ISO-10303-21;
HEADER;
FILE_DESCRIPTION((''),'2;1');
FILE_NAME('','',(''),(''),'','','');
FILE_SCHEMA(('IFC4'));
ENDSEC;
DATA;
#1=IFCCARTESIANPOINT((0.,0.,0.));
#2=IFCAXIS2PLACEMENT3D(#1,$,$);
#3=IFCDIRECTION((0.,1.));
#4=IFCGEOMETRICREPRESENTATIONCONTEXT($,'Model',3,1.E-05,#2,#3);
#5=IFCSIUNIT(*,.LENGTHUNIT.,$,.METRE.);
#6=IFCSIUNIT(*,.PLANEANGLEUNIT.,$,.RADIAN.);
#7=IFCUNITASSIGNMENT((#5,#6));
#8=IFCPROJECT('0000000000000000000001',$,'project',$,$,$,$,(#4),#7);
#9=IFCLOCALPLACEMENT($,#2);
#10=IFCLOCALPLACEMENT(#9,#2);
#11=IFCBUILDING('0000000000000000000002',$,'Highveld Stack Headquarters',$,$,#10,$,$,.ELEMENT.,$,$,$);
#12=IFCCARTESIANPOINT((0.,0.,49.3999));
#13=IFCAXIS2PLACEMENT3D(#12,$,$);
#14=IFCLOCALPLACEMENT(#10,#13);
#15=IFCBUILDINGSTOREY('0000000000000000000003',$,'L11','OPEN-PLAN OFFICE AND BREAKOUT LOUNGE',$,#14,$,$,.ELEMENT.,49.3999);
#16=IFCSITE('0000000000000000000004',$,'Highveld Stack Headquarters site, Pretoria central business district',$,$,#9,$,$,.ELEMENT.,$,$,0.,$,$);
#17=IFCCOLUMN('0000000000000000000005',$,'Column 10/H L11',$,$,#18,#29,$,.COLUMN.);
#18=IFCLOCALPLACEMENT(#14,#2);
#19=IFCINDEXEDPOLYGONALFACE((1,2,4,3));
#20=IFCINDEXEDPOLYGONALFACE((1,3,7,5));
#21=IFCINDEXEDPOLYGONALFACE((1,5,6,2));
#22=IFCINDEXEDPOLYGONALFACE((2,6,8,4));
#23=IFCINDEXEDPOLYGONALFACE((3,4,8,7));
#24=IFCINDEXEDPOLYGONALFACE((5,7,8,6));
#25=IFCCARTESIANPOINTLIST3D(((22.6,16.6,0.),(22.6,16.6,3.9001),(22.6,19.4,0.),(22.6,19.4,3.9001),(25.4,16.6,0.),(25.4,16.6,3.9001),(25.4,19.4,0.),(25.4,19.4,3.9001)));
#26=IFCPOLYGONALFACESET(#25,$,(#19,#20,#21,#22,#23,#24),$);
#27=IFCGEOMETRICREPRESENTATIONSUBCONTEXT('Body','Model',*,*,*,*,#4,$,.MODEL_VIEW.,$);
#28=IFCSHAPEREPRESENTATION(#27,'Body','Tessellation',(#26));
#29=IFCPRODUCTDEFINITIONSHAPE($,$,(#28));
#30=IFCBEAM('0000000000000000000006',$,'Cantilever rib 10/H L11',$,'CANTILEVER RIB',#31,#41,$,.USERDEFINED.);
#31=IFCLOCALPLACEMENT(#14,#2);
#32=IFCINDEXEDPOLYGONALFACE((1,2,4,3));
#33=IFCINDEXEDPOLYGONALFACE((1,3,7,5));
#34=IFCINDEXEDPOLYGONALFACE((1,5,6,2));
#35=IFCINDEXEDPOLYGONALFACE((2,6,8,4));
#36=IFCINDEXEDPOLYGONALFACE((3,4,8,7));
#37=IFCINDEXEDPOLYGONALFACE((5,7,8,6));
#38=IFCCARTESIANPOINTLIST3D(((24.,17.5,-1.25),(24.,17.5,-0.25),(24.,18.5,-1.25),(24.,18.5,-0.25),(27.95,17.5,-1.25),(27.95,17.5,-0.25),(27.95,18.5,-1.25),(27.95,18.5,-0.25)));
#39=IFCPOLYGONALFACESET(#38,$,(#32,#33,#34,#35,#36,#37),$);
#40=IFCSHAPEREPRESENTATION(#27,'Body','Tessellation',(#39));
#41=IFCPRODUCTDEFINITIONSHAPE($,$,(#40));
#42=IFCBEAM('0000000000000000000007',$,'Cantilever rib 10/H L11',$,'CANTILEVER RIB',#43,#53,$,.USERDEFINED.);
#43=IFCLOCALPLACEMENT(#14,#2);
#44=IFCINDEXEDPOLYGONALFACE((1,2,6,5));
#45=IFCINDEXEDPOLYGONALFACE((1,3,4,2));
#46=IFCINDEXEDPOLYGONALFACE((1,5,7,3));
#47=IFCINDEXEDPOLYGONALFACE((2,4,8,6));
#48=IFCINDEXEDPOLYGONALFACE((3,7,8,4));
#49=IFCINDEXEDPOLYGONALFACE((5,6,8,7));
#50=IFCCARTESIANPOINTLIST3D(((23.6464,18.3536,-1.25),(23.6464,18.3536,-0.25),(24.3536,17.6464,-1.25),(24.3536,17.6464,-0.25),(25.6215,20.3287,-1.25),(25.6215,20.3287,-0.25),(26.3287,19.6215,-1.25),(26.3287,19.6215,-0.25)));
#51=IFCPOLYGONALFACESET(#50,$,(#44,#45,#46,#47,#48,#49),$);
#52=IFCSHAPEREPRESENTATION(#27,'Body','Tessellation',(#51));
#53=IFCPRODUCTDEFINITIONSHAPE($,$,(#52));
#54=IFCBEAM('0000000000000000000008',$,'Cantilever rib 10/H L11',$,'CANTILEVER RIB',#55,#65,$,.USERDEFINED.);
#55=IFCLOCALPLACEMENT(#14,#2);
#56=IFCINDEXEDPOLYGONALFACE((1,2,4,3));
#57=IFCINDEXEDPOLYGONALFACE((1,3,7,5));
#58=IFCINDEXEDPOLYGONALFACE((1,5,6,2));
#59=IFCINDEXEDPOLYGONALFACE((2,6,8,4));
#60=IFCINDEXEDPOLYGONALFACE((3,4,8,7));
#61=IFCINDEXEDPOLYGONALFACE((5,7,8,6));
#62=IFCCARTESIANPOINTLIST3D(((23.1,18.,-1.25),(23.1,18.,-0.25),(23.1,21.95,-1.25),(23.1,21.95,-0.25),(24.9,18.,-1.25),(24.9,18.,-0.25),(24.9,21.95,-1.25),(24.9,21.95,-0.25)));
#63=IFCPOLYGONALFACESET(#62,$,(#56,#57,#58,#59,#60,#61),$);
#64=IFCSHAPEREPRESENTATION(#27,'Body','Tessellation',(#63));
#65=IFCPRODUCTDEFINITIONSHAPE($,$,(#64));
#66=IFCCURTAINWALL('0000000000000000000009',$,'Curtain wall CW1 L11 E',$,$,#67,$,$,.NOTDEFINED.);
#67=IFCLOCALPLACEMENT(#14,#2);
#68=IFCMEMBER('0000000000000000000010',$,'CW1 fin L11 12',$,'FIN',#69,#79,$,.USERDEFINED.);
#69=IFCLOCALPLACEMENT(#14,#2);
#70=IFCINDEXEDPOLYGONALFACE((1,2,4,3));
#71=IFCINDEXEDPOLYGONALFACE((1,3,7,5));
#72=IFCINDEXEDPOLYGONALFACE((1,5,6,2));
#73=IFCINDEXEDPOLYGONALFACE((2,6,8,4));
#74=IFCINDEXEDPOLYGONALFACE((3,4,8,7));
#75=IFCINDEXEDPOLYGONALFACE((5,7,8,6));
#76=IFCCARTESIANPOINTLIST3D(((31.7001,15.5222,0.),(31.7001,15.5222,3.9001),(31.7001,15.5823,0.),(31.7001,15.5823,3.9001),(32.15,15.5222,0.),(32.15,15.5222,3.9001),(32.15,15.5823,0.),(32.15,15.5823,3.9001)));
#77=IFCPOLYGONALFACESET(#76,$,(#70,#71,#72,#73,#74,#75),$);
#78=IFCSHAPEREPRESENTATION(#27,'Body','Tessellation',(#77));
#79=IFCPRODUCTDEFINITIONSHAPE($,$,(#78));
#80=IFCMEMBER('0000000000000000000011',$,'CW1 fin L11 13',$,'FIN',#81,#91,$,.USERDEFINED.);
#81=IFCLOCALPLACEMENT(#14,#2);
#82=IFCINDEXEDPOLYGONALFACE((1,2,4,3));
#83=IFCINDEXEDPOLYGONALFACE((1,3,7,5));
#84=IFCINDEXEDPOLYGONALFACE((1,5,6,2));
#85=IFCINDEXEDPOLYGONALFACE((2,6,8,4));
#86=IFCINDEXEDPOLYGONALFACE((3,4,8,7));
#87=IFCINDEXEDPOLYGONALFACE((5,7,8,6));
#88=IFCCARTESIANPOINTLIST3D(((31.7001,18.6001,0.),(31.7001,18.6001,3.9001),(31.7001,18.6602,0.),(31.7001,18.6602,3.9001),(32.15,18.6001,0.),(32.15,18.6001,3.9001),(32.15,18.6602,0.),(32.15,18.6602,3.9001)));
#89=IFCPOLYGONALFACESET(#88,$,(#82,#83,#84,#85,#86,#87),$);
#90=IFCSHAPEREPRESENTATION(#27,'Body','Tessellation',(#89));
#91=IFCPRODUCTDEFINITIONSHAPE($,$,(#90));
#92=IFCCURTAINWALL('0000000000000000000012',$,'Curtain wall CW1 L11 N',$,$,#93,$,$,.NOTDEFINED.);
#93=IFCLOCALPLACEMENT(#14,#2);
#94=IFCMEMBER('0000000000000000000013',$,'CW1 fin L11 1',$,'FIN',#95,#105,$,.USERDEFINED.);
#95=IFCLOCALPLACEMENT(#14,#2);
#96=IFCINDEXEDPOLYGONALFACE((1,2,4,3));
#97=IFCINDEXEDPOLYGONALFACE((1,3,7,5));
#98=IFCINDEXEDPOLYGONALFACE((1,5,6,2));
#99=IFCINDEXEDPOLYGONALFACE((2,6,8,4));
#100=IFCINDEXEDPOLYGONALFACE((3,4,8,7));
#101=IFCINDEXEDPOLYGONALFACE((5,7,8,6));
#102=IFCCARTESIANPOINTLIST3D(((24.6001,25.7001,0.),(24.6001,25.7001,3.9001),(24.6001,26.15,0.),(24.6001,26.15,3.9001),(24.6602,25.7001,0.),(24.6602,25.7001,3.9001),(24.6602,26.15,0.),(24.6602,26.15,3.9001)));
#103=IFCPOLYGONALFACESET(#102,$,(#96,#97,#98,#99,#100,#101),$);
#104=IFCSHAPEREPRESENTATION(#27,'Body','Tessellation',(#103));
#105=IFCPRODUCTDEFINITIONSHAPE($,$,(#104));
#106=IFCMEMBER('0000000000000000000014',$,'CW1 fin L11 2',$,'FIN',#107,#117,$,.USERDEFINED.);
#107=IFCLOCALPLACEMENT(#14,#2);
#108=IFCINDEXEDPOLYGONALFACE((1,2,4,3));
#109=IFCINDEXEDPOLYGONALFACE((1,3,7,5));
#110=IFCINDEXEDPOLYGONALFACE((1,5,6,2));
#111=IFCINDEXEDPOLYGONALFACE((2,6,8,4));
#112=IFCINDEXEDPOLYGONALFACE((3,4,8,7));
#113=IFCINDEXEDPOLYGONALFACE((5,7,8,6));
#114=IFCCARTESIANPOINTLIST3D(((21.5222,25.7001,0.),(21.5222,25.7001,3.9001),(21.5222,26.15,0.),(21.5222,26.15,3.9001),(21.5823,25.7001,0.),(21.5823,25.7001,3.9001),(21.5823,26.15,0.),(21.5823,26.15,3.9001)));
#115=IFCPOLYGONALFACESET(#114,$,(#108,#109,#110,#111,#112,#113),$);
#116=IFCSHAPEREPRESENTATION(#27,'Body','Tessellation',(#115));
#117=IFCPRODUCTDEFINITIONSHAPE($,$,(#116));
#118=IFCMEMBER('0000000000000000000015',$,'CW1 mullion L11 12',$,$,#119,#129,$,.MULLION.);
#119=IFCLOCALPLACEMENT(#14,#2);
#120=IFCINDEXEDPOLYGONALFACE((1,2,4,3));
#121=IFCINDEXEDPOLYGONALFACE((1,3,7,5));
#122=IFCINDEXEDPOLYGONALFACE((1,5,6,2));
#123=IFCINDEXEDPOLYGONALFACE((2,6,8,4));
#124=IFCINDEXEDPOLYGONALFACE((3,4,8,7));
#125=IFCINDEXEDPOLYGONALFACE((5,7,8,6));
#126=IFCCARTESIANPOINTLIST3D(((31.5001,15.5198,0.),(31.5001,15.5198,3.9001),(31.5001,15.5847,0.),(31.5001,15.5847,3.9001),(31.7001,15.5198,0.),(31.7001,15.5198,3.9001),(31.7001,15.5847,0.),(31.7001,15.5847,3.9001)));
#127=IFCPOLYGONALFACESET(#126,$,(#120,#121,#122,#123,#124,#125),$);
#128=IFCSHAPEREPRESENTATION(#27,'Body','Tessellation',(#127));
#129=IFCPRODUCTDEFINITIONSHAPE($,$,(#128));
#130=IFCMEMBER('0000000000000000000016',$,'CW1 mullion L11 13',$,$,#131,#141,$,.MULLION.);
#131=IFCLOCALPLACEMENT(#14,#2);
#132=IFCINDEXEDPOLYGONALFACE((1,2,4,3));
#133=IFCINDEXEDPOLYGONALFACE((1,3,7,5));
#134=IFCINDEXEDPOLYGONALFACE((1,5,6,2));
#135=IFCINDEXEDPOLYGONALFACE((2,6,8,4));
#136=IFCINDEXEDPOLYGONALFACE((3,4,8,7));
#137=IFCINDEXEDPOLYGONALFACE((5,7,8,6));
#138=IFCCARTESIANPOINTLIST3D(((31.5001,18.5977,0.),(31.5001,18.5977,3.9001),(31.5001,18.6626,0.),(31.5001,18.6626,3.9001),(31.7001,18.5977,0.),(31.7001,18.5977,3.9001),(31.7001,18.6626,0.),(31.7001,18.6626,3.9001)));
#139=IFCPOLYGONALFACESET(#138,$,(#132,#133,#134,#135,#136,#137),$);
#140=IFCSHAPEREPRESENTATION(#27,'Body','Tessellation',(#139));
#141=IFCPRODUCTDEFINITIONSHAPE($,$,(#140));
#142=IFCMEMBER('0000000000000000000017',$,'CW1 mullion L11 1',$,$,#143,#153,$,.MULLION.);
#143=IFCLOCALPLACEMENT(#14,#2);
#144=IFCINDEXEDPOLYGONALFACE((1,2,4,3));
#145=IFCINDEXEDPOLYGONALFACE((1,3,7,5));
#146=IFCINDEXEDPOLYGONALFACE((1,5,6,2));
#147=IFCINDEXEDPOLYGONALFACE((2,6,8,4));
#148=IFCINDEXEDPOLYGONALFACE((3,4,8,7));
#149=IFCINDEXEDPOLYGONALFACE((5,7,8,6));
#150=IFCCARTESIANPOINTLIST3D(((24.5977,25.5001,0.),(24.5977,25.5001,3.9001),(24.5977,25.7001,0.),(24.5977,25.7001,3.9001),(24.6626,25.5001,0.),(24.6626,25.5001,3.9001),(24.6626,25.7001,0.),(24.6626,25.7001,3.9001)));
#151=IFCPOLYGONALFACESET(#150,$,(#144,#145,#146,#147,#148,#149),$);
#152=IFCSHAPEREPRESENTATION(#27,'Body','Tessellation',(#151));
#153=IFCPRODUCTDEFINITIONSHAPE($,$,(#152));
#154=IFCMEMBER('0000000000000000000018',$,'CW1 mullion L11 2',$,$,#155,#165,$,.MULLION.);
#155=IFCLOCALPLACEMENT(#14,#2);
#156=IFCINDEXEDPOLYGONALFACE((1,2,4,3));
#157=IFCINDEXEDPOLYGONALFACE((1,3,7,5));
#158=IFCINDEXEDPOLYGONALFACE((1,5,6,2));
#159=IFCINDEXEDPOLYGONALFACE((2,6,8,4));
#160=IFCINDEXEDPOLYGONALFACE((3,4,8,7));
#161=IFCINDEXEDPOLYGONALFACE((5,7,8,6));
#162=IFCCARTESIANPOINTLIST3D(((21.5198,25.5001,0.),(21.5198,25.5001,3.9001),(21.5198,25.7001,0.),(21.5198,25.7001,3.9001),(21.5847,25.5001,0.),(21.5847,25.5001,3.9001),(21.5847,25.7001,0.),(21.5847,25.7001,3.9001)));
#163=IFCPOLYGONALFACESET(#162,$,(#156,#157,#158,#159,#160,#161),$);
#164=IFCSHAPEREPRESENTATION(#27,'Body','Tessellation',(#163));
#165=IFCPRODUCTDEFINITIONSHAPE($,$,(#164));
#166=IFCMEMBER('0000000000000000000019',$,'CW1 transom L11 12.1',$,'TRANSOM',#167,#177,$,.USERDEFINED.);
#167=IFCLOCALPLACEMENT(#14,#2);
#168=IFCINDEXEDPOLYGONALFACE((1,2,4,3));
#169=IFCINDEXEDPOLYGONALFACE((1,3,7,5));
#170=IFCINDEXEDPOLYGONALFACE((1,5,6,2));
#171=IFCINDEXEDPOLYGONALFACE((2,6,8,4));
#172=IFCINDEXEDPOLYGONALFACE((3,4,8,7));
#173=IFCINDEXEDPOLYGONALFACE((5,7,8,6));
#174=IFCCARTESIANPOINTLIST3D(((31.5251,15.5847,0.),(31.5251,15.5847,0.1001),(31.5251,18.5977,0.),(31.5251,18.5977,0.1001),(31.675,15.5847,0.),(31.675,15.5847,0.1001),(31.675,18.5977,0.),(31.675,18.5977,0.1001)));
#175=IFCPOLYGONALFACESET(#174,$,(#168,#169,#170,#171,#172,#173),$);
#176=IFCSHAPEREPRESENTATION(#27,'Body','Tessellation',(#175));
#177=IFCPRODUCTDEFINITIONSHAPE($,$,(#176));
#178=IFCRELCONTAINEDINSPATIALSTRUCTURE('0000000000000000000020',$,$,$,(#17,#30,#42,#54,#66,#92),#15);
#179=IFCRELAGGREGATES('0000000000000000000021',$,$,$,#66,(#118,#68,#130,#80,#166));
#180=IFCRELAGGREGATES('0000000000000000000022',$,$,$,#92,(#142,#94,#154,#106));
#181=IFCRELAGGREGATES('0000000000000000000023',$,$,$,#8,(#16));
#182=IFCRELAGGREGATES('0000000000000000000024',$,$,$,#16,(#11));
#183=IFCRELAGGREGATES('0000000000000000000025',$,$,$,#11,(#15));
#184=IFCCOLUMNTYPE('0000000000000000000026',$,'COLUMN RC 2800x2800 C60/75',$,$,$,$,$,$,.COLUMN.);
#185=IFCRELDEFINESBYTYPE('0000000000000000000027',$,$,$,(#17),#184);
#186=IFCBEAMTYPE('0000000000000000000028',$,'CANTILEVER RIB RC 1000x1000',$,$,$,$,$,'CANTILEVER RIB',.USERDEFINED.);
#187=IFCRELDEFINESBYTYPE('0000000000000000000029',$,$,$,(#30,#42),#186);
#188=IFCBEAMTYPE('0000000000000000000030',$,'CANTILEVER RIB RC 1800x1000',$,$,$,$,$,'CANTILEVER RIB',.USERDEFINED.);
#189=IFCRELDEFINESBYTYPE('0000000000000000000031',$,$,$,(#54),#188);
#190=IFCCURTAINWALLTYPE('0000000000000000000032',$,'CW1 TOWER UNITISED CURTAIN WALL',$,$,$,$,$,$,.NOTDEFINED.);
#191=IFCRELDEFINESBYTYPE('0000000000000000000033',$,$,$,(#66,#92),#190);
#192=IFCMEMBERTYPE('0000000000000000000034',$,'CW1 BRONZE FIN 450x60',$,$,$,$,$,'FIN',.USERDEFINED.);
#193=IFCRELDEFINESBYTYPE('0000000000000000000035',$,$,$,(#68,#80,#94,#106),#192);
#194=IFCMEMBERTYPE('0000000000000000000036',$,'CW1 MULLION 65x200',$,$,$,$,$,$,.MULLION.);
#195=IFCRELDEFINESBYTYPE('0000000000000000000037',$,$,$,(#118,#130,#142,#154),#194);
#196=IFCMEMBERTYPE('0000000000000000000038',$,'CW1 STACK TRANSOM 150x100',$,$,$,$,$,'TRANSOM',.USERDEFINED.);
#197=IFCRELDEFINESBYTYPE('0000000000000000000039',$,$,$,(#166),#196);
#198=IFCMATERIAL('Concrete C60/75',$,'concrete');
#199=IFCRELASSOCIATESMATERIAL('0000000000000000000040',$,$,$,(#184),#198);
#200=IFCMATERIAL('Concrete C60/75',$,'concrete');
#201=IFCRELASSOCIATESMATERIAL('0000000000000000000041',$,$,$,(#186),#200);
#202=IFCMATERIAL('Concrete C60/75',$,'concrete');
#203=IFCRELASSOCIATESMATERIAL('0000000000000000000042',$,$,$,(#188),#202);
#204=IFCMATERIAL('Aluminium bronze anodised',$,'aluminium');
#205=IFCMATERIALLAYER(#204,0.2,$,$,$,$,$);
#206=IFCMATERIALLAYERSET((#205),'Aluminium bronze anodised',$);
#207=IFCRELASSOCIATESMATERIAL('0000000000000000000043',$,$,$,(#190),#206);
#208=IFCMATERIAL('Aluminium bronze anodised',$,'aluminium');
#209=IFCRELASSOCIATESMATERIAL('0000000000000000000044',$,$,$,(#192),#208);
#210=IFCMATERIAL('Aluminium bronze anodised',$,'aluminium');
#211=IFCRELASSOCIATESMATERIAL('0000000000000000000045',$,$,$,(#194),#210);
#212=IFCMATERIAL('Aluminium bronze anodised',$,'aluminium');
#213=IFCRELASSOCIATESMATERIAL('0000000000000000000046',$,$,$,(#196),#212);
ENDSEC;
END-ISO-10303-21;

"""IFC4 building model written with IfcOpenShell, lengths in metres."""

from ifc_helpers import new_model, si_unit, direction, frame, origin, origin_2d, place, context, subcontext, project, spatial, rectangle, extrude, material, layer, layer_set, material_profile, profile_set, type_object, element, aggregate, save


model = new_model("IFC4")

# Units and contexts
model_context = context("Model", 3, precision=1e-05, world=origin(), true_north=direction((0.0, 1.0)))
body_context = subcontext(model_context, "Body", "Model", "MODEL_VIEW")
ifc_project = project(units=[si_unit("LENGTHUNIT", "METRE"), si_unit("PLANEANGLEUNIT", "RADIAN")], contexts=[model_context])

# Site, building, storey
site_placement = place(None, origin())
site = spatial("IfcSite", under=ifc_project, at=site_placement, Name="Highveld Stack Headquarters site, Pretoria central business district", CompositionType="ELEMENT", RefElevation=0.0)
building_placement = place(site_placement, origin())
building = spatial("IfcBuilding", under=site, at=building_placement, Name="Highveld Stack Headquarters", CompositionType="ELEMENT")
storey_placement = place(building_placement, frame((0.0, 0.0, 49.3999)))
storey = spatial("IfcBuildingStorey", under=building, at=storey_placement, Name="L11", Description="OPEN-PLAN OFFICE AND BREAKOUT LOUNGE", CompositionType="ELEMENT", Elevation=49.3999)

# Column
ifc_material_1 = material(Name="Concrete C60/75", Category="concrete")
ifc_material_profile_1 = material_profile(ifc_material_1, rectangle(XDim=2.8, YDim=2.8, at=origin_2d()), Name="RC 2800x2800")
ifc_profile_set_1 = profile_set([ifc_material_profile_1], Name="Concrete C60/75")
column_type = type_object("IfcColumnType", Name="COLUMN RC 2800x2800 C60/75", PredefinedType="COLUMN", material=ifc_profile_set_1)
column_placement = place(storey_placement, frame((24.0, 18.0, 0.0), z_axis=(0.0, 0.0, 1.0), x_axis=(1.0, 0.0, 0.0)))
element("IfcColumn", 1, at=column_placement, inside=storey, type_object=column_type, Name="Column 10/H L11", PredefinedType="COLUMN", context=body_context, shape_type="SweptSolid", body=[
    extrude(rectangle(XDim=2.8, YDim=2.8, at=origin_2d()), origin(), (0.0, 0.0, 1.0), 3.9001),
])

# Beams
ifc_material_2 = material(Name="Concrete C60/75", Category="concrete")
ifc_material_profile_2 = material_profile(ifc_material_2, rectangle(XDim=1.0, YDim=1.0, at=origin_2d()), Name="RC 1000x1000")
ifc_profile_set_2 = profile_set([ifc_material_profile_2], Name="Concrete C60/75")
beam_type_1 = type_object("IfcBeamType", Name="CANTILEVER RIB RC 1000x1000", ElementType="CANTILEVER RIB", PredefinedType="USERDEFINED", material=ifc_profile_set_2)
beam_1_placement = place(storey_placement, frame((24.0, 18.0, -0.75), z_axis=(1.0, 0.0, 0.0), x_axis=(0.0, 1.0, 0.0)))
element("IfcBeam", 2, at=beam_1_placement, inside=storey, type_object=beam_type_1, Name="Cantilever rib 10/H L11", ObjectType="CANTILEVER RIB", PredefinedType="USERDEFINED", context=body_context, shape_type="SweptSolid", body=[
    extrude(rectangle(XDim=1.0, YDim=1.0, at=origin_2d()), origin(), (0.0, 0.0, 1.0), 3.95),
])
beam_2_placement = place(storey_placement, frame((24.0, 18.0, -0.75), z_axis=(0.707107, 0.707107, 0.0), x_axis=(-0.707107, 0.707107, 0.0)))
element("IfcBeam", 3, at=beam_2_placement, inside=storey, type_object=beam_type_1, Name="Cantilever rib 10/H L11", ObjectType="CANTILEVER RIB", PredefinedType="USERDEFINED", context=body_context, shape_type="SweptSolid", body=[
    extrude(rectangle(XDim=1.0, YDim=1.0, at=origin_2d()), origin(), (0.0, 0.0, 1.0), 2.7932),
])
ifc_material_3 = material(Name="Concrete C60/75", Category="concrete")
ifc_material_profile_3 = material_profile(ifc_material_3, rectangle(XDim=1.8, YDim=1.0, at=origin_2d()), Name="RC 1800x1000")
ifc_profile_set_3 = profile_set([ifc_material_profile_3], Name="Concrete C60/75")
beam_type_2 = type_object("IfcBeamType", Name="CANTILEVER RIB RC 1800x1000", ElementType="CANTILEVER RIB", PredefinedType="USERDEFINED", material=ifc_profile_set_3)
beam_3_placement = place(storey_placement, frame((24.0, 18.0, -0.75), z_axis=(0.0, 1.0, 0.0), x_axis=(-1.0, 0.0, 0.0)))
element("IfcBeam", 4, at=beam_3_placement, inside=storey, type_object=beam_type_2, Name="Cantilever rib 10/H L11", ObjectType="CANTILEVER RIB", PredefinedType="USERDEFINED", context=body_context, shape_type="SweptSolid", body=[
    extrude(rectangle(XDim=1.8, YDim=1.0, at=origin_2d()), origin(), (0.0, 0.0, 1.0), 3.95),
])

# Curtain walls, members
ifc_material_4 = material(Name="Aluminium bronze anodised", Category="aluminium")
ifc_layer_1 = layer(ifc_material_4, 0.2)
ifc_layer_set_1 = layer_set([ifc_layer_1], Name="Aluminium bronze anodised")
curtain_wall_type_1 = type_object("IfcCurtainWallType", Name="CW1 TOWER UNITISED CURTAIN WALL", PredefinedType="NOTDEFINED", material=ifc_layer_set_1)
curtain_wall_1_placement = place(storey_placement, origin())
curtain_wall_1 = element("IfcCurtainWall", 5, at=curtain_wall_1_placement, inside=storey, type_object=curtain_wall_type_1, Name="Curtain wall CW1 L11 E", PredefinedType="NOTDEFINED")
ifc_material_5 = material(Name="Aluminium bronze anodised", Category="aluminium")
ifc_material_profile_4 = material_profile(ifc_material_5, rectangle(XDim=0.45, YDim=0.0601, at=origin_2d()), Name="FIN 450x60")
ifc_profile_set_4 = profile_set([ifc_material_profile_4], Name="Aluminium bronze anodised")
member_type_1 = type_object("IfcMemberType", Name="CW1 BRONZE FIN 450x60", ElementType="FIN", PredefinedType="USERDEFINED", material=ifc_profile_set_4)
member_1_placement = place(storey_placement, frame((31.925, 15.5522, 0.0), z_axis=(0.0, 0.0, 1.0), x_axis=(-1.0, 0.0, 0.0)))
member_1 = element("IfcMember", 6, at=member_1_placement, type_object=member_type_1, Name="CW1 fin L11 12", ObjectType="FIN", PredefinedType="USERDEFINED", context=body_context, shape_type="SweptSolid", body=[
    extrude(rectangle(XDim=0.45, YDim=0.0601, at=origin_2d()), origin(), (0.0, 0.0, 1.0), 3.9001),
])
member_2_placement = place(storey_placement, frame((31.925, 18.6301, 0.0), z_axis=(0.0, 0.0, 1.0), x_axis=(-1.0, 0.0, 0.0)))
member_2 = element("IfcMember", 7, at=member_2_placement, type_object=member_type_1, Name="CW1 fin L11 13", ObjectType="FIN", PredefinedType="USERDEFINED", context=body_context, shape_type="SweptSolid", body=[
    extrude(rectangle(XDim=0.45, YDim=0.0601, at=origin_2d()), origin(), (0.0, 0.0, 1.0), 3.9001),
])
curtain_wall_2_placement = place(storey_placement, origin())
curtain_wall_2 = element("IfcCurtainWall", 8, at=curtain_wall_2_placement, inside=storey, type_object=curtain_wall_type_1, Name="Curtain wall CW1 L11 N", PredefinedType="NOTDEFINED")
member_3_placement = place(storey_placement, frame((24.6301, 25.925, 0.0), z_axis=(0.0, 0.0, 1.0), x_axis=(0.0, -1.0, 0.0)))
member_3 = element("IfcMember", 9, at=member_3_placement, type_object=member_type_1, Name="CW1 fin L11 1", ObjectType="FIN", PredefinedType="USERDEFINED", context=body_context, shape_type="SweptSolid", body=[
    extrude(rectangle(XDim=0.45, YDim=0.0601, at=origin_2d()), origin(), (0.0, 0.0, 1.0), 3.9001),
])
member_4_placement = place(storey_placement, frame((21.5522, 25.925, 0.0), z_axis=(0.0, 0.0, 1.0), x_axis=(0.0, -1.0, 0.0)))
member_4 = element("IfcMember", 10, at=member_4_placement, type_object=member_type_1, Name="CW1 fin L11 2", ObjectType="FIN", PredefinedType="USERDEFINED", context=body_context, shape_type="SweptSolid", body=[
    extrude(rectangle(XDim=0.45, YDim=0.0601, at=origin_2d()), origin(), (0.0, 0.0, 1.0), 3.9001),
])

# Members
ifc_material_6 = material(Name="Aluminium bronze anodised", Category="aluminium")
ifc_material_profile_5 = material_profile(ifc_material_6, rectangle(XDim=0.2, YDim=0.0649, at=origin_2d()), Name="CW1 MULLION 65x200")
ifc_profile_set_5 = profile_set([ifc_material_profile_5], Name="Aluminium bronze anodised")
member_type_2 = type_object("IfcMemberType", Name="CW1 MULLION 65x200", PredefinedType="MULLION", material=ifc_profile_set_5)
member_5_placement = place(storey_placement, frame((31.6001, 15.5522, 0.0), z_axis=(0.0, 0.0, 1.0), x_axis=(-1.0, 0.0, 0.0)))
member_5 = element("IfcMember", 11, at=member_5_placement, type_object=member_type_2, Name="CW1 mullion L11 12", PredefinedType="MULLION", context=body_context, shape_type="SweptSolid", body=[
    extrude(rectangle(XDim=0.2, YDim=0.0649, at=origin_2d()), origin(), (0.0, 0.0, 1.0), 3.9001),
])
member_6_placement = place(storey_placement, frame((31.6001, 18.6301, 0.0), z_axis=(0.0, 0.0, 1.0), x_axis=(-1.0, 0.0, 0.0)))
member_6 = element("IfcMember", 12, at=member_6_placement, type_object=member_type_2, Name="CW1 mullion L11 13", PredefinedType="MULLION", context=body_context, shape_type="SweptSolid", body=[
    extrude(rectangle(XDim=0.2, YDim=0.0649, at=origin_2d()), origin(), (0.0, 0.0, 1.0), 3.9001),
])
member_7_placement = place(storey_placement, frame((24.6301, 25.6001, 0.0), z_axis=(0.0, 0.0, 1.0), x_axis=(0.0, -1.0, 0.0)))
member_7 = element("IfcMember", 13, at=member_7_placement, type_object=member_type_2, Name="CW1 mullion L11 1", PredefinedType="MULLION", context=body_context, shape_type="SweptSolid", body=[
    extrude(rectangle(XDim=0.2, YDim=0.0649, at=origin_2d()), origin(), (0.0, 0.0, 1.0), 3.9001),
])
member_8_placement = place(storey_placement, frame((21.5522, 25.6001, 0.0), z_axis=(0.0, 0.0, 1.0), x_axis=(0.0, -1.0, 0.0)))
member_8 = element("IfcMember", 14, at=member_8_placement, type_object=member_type_2, Name="CW1 mullion L11 2", PredefinedType="MULLION", context=body_context, shape_type="SweptSolid", body=[
    extrude(rectangle(XDim=0.2, YDim=0.0649, at=origin_2d()), origin(), (0.0, 0.0, 1.0), 3.9001),
])
ifc_material_7 = material(Name="Aluminium bronze anodised", Category="aluminium")
ifc_material_profile_6 = material_profile(ifc_material_7, rectangle(XDim=0.1499, YDim=0.1001, at=origin_2d()), Name="CW1 TRANSOM 150x100")
ifc_profile_set_6 = profile_set([ifc_material_profile_6], Name="Aluminium bronze anodised")
member_type_3 = type_object("IfcMemberType", Name="CW1 STACK TRANSOM 150x100", ElementType="TRANSOM", PredefinedType="USERDEFINED", material=ifc_profile_set_6)
member_9_placement = place(storey_placement, frame((31.6001, 15.5847, 0.05), z_axis=(0.0, 1.0, 0.0), x_axis=(-1.0, 0.0, 0.0)))
member_9 = element("IfcMember", 15, at=member_9_placement, type_object=member_type_3, Name="CW1 transom L11 12.1", ObjectType="TRANSOM", PredefinedType="USERDEFINED", context=body_context, shape_type="SweptSolid", body=[
    extrude(rectangle(XDim=0.1499, YDim=0.1001, at=origin_2d()), origin(), (0.0, 0.0, 1.0), 3.0129),
])

aggregate(curtain_wall_1, [member_5, member_1, member_6, member_2, member_9])
aggregate(curtain_wall_2, [member_7, member_3, member_8, member_4])

save(model, "model.ifc")
